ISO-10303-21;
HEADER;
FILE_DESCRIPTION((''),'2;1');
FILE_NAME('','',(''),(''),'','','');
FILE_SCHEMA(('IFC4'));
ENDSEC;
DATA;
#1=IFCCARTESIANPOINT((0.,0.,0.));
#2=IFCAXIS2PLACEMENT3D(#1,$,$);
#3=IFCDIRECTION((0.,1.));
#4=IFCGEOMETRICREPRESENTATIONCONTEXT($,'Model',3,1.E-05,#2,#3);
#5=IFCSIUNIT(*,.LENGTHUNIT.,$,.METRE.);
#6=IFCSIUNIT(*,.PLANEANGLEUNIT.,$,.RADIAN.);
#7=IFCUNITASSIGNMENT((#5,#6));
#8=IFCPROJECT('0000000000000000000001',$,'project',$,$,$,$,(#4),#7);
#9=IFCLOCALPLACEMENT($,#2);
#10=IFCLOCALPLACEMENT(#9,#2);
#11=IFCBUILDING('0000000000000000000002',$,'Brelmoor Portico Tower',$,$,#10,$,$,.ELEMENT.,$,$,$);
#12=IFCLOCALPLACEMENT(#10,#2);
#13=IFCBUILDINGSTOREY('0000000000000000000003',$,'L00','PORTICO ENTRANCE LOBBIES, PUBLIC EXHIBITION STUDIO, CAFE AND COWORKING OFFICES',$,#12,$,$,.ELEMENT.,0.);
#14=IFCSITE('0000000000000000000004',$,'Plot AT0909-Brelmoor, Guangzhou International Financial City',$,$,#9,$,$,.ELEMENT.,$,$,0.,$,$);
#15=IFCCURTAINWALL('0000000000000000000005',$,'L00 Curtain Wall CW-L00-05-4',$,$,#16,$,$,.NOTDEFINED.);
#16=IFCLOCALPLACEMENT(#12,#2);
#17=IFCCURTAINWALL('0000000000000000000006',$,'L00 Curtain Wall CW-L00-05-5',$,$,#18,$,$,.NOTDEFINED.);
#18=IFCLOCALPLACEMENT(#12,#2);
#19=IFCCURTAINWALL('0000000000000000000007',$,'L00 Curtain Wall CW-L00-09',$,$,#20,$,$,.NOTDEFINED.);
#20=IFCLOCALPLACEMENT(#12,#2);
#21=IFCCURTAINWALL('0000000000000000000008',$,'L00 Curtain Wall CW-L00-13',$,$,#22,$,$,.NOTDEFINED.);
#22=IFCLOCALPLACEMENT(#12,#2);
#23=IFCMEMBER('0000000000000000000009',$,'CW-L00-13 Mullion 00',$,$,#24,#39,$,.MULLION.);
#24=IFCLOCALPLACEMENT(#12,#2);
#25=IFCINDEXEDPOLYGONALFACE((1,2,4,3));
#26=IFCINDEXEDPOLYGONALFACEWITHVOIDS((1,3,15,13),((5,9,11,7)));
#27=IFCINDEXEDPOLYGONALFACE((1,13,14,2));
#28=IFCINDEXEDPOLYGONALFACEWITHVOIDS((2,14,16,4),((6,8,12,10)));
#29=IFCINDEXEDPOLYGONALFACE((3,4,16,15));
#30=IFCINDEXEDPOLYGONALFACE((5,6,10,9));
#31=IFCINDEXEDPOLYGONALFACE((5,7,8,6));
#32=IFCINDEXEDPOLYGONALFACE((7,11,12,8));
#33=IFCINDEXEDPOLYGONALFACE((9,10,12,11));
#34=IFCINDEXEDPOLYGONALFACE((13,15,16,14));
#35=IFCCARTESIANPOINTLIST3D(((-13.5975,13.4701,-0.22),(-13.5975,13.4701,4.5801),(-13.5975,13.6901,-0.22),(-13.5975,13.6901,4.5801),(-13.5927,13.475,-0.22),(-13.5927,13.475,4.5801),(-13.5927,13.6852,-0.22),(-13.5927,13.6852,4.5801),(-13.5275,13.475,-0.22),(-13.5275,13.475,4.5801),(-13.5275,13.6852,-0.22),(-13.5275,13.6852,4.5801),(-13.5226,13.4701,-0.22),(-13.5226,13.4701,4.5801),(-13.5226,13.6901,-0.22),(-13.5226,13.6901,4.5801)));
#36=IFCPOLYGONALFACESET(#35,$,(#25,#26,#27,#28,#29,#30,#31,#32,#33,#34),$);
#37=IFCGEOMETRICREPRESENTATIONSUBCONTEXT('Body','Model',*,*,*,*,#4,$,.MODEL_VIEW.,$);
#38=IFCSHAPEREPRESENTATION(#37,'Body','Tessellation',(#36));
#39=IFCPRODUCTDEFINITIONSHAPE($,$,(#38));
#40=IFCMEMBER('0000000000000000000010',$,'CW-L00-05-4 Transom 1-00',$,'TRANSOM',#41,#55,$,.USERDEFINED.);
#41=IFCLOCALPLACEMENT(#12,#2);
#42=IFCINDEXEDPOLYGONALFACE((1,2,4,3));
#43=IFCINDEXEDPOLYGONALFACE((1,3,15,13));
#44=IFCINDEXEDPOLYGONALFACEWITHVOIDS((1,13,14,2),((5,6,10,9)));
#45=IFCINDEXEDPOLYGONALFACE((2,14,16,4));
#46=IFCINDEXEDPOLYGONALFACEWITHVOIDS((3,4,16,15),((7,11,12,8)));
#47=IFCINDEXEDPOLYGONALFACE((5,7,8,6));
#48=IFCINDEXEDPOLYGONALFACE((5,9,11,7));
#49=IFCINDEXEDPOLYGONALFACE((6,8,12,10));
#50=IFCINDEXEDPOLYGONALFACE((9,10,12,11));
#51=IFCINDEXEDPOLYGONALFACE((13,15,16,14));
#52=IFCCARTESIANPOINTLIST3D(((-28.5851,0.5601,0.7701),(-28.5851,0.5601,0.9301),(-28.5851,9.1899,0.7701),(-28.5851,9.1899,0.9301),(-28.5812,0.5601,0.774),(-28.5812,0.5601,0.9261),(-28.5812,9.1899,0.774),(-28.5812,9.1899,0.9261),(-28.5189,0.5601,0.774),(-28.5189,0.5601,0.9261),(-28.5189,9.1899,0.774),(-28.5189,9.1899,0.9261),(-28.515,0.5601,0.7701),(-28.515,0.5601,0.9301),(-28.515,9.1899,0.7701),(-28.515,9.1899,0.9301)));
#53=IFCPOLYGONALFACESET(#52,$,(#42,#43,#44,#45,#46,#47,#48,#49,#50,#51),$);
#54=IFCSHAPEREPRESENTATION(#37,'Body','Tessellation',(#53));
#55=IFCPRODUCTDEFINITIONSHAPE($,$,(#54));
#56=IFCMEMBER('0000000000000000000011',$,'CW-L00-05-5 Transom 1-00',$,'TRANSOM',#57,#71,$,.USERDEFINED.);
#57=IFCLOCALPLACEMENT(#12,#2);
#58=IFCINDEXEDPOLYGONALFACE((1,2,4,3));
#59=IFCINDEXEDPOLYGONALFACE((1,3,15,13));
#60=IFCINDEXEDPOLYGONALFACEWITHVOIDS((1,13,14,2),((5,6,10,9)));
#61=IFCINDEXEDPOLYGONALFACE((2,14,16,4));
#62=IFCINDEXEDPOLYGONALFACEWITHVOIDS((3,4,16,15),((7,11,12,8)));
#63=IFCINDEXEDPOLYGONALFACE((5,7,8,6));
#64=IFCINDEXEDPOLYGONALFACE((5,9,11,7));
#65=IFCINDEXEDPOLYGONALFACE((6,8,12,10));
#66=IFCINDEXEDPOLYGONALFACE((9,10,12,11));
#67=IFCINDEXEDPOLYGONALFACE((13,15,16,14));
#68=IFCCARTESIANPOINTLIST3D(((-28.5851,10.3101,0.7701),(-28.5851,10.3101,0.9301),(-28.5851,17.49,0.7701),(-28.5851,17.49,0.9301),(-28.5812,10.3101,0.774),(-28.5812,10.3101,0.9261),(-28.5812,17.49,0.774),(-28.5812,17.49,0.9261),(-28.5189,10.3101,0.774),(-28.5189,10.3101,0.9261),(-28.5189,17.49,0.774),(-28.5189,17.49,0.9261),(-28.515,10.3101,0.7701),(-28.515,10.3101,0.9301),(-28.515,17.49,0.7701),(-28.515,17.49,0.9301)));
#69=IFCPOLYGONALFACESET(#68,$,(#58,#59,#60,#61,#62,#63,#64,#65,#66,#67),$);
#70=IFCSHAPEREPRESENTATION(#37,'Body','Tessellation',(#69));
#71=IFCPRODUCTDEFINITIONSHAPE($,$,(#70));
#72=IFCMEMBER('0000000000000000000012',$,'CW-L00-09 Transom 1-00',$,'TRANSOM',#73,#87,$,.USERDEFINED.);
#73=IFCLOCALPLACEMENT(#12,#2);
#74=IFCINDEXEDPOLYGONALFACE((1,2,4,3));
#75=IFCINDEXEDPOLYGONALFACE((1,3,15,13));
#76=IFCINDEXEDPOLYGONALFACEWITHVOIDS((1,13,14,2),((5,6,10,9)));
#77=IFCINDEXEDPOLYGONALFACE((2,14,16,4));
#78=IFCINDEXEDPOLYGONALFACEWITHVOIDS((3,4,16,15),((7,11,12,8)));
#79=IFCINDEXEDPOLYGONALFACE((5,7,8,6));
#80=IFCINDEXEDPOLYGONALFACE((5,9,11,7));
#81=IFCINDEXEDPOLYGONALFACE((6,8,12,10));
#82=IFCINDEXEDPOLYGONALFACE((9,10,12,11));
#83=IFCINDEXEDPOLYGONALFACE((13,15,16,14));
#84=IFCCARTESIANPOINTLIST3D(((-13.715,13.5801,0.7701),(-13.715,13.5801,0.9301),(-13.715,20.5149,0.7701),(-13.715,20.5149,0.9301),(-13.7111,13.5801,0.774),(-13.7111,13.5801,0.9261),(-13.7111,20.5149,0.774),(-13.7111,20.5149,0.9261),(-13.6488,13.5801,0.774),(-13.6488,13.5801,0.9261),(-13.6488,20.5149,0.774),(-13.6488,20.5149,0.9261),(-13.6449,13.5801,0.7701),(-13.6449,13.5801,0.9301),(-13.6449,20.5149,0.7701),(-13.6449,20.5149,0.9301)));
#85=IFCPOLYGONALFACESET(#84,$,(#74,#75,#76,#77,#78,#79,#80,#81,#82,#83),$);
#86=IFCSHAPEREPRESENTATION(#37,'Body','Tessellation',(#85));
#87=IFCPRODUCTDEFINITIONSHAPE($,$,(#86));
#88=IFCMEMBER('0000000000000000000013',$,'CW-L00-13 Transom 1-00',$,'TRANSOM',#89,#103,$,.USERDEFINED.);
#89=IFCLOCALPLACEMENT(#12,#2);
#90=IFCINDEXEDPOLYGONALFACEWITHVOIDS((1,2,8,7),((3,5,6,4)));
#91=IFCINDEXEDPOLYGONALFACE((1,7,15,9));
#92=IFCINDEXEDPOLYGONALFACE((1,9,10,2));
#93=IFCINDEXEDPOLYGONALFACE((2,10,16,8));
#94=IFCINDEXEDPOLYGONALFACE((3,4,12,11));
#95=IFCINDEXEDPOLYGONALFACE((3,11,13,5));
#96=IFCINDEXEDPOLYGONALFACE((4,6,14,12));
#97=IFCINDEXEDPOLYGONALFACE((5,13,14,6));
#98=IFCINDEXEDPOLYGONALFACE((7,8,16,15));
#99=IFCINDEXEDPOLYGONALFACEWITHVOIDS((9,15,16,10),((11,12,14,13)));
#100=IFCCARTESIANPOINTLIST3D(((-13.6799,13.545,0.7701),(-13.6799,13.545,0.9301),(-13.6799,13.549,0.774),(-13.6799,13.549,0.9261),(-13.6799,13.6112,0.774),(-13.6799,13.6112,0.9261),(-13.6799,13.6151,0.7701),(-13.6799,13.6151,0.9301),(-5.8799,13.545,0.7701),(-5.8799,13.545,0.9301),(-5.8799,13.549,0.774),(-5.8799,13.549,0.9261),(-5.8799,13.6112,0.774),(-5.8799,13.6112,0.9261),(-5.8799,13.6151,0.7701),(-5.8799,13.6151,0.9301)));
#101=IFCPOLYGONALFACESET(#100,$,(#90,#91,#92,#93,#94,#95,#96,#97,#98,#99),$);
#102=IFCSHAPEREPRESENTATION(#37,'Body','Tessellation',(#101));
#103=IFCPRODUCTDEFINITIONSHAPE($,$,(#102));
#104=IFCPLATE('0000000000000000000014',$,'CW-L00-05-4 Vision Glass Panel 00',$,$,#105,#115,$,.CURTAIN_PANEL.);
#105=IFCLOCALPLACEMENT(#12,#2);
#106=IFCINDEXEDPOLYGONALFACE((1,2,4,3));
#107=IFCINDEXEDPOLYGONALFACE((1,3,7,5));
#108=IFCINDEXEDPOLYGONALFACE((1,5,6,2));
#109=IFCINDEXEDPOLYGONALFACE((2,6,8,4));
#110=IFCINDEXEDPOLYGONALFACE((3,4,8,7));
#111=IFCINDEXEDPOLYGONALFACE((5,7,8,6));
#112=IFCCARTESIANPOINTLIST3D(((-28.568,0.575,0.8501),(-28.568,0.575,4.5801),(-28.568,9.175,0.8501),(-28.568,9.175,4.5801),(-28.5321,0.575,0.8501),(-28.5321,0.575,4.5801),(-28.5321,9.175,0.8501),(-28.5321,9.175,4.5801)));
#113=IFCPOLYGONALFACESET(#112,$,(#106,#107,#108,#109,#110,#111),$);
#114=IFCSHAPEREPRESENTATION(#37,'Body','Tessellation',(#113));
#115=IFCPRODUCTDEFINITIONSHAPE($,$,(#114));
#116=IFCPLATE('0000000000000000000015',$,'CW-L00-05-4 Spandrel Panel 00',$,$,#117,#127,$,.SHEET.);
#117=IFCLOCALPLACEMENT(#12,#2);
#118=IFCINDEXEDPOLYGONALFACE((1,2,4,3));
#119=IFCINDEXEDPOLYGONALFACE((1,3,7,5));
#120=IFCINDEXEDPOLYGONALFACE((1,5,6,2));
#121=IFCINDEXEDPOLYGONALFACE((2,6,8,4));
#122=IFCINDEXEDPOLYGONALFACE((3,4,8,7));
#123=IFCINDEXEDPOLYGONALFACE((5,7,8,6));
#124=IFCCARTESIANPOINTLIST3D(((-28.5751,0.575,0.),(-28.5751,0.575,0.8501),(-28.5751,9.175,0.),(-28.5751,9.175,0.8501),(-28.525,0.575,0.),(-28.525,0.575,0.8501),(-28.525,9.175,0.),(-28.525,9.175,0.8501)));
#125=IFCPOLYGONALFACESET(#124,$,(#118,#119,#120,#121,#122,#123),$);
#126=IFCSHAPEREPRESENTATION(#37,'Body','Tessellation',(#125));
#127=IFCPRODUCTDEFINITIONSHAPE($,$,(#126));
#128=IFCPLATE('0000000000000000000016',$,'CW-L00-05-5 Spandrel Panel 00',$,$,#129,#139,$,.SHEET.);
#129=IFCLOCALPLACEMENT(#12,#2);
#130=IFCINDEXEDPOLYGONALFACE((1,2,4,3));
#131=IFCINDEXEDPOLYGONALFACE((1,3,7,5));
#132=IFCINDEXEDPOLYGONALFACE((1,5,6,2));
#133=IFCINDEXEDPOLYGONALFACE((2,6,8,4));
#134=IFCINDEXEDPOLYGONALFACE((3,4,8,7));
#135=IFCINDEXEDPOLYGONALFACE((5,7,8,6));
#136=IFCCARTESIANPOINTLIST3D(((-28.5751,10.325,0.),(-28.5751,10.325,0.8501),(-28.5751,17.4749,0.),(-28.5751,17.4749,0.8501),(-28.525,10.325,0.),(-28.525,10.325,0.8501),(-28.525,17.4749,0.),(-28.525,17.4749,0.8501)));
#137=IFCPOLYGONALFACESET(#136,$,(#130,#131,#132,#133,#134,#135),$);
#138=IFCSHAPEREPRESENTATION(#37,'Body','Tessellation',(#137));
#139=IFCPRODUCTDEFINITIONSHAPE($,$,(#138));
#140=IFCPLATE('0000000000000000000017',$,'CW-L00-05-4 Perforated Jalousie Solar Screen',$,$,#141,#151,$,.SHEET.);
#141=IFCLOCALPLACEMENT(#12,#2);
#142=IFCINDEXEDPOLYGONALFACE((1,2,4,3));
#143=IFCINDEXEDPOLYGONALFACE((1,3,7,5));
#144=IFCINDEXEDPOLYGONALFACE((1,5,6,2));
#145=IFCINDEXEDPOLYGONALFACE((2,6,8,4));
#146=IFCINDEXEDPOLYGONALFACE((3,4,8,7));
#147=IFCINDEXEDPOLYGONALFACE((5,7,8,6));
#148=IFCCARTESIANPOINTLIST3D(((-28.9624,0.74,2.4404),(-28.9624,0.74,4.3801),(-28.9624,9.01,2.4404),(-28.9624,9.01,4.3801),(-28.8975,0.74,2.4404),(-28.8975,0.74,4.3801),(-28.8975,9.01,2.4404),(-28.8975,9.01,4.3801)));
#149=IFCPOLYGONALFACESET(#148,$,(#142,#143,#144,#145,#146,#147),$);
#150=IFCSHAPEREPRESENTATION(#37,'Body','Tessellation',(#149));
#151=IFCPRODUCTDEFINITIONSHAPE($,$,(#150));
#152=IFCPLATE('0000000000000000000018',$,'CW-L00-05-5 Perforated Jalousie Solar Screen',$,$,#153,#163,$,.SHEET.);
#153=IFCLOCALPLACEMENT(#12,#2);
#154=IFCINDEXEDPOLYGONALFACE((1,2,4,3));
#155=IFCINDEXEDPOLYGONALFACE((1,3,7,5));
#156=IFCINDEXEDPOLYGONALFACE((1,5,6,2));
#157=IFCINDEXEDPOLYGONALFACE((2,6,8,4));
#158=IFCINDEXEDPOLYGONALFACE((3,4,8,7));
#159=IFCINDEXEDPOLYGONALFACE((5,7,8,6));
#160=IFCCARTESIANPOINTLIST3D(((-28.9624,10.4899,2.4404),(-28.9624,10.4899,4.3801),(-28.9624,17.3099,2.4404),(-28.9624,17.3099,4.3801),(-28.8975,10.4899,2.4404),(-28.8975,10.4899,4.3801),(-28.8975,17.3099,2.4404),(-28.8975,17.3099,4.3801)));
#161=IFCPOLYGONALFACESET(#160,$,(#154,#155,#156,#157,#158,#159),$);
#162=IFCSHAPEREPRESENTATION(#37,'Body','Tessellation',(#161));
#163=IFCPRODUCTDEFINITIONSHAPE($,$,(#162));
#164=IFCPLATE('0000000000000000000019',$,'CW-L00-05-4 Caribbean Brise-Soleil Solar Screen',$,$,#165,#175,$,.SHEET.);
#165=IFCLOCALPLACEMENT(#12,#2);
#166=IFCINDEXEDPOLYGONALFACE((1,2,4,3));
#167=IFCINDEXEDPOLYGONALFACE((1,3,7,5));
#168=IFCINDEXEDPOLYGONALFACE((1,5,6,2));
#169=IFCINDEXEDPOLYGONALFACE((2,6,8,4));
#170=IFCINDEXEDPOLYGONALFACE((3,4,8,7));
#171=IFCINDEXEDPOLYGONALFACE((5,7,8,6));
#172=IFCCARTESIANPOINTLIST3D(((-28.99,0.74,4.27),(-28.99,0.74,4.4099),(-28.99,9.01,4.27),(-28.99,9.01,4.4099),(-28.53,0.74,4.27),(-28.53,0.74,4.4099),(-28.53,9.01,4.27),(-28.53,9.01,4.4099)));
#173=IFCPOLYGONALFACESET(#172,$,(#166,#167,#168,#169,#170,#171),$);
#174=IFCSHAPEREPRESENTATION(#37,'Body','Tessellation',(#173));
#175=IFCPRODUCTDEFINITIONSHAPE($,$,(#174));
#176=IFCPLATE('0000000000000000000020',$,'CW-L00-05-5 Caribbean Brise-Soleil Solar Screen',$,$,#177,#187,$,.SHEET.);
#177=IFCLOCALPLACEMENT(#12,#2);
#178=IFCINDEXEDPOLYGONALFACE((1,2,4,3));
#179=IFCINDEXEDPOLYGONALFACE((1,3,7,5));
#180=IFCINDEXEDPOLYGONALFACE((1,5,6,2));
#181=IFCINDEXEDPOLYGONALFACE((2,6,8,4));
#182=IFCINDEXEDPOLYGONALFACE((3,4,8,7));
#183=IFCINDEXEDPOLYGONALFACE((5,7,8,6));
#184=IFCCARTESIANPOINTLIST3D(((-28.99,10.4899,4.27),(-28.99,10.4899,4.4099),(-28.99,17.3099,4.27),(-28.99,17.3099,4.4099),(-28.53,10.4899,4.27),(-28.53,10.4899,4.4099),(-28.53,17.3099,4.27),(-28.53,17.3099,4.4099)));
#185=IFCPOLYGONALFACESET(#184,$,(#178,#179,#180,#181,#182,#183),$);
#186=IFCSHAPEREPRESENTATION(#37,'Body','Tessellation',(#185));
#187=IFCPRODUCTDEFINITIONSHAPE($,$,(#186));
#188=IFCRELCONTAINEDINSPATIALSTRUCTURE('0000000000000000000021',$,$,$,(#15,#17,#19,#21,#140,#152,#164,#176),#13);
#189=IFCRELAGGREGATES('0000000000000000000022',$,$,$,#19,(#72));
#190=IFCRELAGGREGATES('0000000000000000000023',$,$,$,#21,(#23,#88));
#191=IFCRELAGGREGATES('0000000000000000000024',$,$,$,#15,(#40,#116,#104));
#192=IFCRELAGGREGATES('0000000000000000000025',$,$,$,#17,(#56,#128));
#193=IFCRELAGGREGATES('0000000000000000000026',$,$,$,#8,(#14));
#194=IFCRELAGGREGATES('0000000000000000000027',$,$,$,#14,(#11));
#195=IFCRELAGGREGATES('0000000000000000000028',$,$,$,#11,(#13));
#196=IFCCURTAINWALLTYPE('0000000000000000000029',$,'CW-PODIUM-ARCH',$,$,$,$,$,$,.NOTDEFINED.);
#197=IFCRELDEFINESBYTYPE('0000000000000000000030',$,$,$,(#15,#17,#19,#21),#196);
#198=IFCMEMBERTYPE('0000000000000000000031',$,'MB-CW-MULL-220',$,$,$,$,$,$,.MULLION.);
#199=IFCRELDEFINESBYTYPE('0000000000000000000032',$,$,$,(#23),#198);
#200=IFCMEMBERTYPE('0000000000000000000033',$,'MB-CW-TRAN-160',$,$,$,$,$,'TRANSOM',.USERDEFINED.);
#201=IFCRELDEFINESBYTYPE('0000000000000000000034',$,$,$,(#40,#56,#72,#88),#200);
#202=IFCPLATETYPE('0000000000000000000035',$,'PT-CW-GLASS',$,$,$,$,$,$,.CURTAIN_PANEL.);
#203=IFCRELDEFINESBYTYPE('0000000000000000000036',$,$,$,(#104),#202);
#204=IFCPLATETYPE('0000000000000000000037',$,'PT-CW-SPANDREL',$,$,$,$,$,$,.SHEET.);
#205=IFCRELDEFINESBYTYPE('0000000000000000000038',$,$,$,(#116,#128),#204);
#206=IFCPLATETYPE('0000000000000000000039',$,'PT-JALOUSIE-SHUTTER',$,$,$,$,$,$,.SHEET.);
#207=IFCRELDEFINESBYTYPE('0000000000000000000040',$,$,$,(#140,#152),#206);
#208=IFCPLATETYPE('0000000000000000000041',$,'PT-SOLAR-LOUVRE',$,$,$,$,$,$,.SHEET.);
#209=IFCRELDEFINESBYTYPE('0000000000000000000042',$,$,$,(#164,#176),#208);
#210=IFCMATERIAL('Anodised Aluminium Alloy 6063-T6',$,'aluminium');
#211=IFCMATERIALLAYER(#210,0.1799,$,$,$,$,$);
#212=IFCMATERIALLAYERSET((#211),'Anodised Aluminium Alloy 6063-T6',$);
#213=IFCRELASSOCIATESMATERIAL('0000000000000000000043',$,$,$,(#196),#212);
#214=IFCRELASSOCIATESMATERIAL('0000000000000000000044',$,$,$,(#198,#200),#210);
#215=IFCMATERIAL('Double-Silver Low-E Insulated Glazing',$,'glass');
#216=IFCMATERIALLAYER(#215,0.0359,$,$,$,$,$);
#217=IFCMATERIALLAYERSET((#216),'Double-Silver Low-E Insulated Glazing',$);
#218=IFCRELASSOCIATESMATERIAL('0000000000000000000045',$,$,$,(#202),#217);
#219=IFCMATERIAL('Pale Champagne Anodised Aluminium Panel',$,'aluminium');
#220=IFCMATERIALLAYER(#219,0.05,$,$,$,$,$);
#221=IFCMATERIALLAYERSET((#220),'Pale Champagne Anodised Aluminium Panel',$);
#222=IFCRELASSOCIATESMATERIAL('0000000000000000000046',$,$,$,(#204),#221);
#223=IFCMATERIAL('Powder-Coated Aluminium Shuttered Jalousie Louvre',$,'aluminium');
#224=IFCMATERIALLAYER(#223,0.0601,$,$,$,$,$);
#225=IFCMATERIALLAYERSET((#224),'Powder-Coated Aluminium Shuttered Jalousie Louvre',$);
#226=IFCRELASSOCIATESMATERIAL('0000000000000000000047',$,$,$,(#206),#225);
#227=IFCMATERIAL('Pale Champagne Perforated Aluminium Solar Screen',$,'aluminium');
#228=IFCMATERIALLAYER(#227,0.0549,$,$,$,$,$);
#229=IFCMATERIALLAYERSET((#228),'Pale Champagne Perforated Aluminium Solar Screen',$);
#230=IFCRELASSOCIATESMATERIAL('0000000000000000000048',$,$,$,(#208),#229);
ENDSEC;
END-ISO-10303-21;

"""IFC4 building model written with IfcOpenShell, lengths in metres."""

from ifc_helpers import new_model, si_unit, direction, frame, origin, origin_2d, place, context, subcontext, project, spatial, rectangle, hollow_rectangle, extrude, material, layer, layer_set, material_profile, profile_set, type_object, element, aggregate, save


model = new_model("IFC4")

# Units and contexts
model_context = context("Model", 3, precision=1e-05, world=origin(), true_north=direction((0.0, 1.0)))
body_context = subcontext(model_context, "Body", "Model", "MODEL_VIEW")
ifc_project = project(units=[si_unit("LENGTHUNIT", "METRE"), si_unit("PLANEANGLEUNIT", "RADIAN")], contexts=[model_context])

# Site, building, storey
site_placement = place(None, origin())
site = spatial("IfcSite", under=ifc_project, at=site_placement, Name="Plot AT0909-Brelmoor, Guangzhou International Financial City", CompositionType="ELEMENT", RefElevation=0.0)
building_placement = place(site_placement, origin())
building = spatial("IfcBuilding", under=site, at=building_placement, Name="Brelmoor Portico Tower", CompositionType="ELEMENT")
storey_placement = place(building_placement, origin())
storey = spatial("IfcBuildingStorey", under=building, at=storey_placement, Name="L00", Description="PORTICO ENTRANCE LOBBIES, PUBLIC EXHIBITION STUDIO, CAFE AND COWORKING OFFICES", CompositionType="ELEMENT", Elevation=0.0)

# Curtain wall
ifc_material_1 = material(Name="Anodised Aluminium Alloy 6063-T6", Category="aluminium")
ifc_layer_1 = layer(ifc_material_1, 0.1799)
ifc_layer_set_1 = layer_set([ifc_layer_1], Name="Anodised Aluminium Alloy 6063-T6")
curtain_wall_type = type_object("IfcCurtainWallType", Name="CW-PODIUM-ARCH", PredefinedType="NOTDEFINED", material=ifc_layer_set_1)
curtain_wall_1_placement = place(storey_placement, origin())
curtain_wall_1 = element("IfcCurtainWall", 1, at=curtain_wall_1_placement, inside=storey, type_object=curtain_wall_type, Name="L00 Curtain Wall CW-L00-05-4", PredefinedType="NOTDEFINED")
ifc_material_profile_1 = material_profile(ifc_material_1, hollow_rectangle(XDim=0.075, YDim=0.22, WallThickness=0.0049, at=origin_2d()), Name="ALU MULLION 75x220")
ifc_profile_set_1 = profile_set([ifc_material_profile_1], Name="Anodised Aluminium Alloy 6063-T6")
member_type_1 = type_object("IfcMemberType", Name="MB-CW-MULL-220", PredefinedType="MULLION", material=ifc_profile_set_1)

# Curtain walls, member
curtain_wall_2_placement = place(storey_placement, origin())
curtain_wall_2 = element("IfcCurtainWall", 2, at=curtain_wall_2_placement, inside=storey, type_object=curtain_wall_type, Name="L00 Curtain Wall CW-L00-05-5", PredefinedType="NOTDEFINED")
curtain_wall_3_placement = place(storey_placement, origin())
curtain_wall_3 = element("IfcCurtainWall", 3, at=curtain_wall_3_placement, inside=storey, type_object=curtain_wall_type, Name="L00 Curtain Wall CW-L00-09", PredefinedType="NOTDEFINED")
curtain_wall_4_placement = place(storey_placement, origin())
curtain_wall_4 = element("IfcCurtainWall", 4, at=curtain_wall_4_placement, inside=storey, type_object=curtain_wall_type, Name="L00 Curtain Wall CW-L00-13", PredefinedType="NOTDEFINED")
member_1_placement = place(storey_placement, frame((-13.5601, 13.5801, -0.22), z_axis=(0.0, 0.0, 1.0), x_axis=(1.0, 0.0, 0.0)))
member_1 = element("IfcMember", 5, at=member_1_placement, type_object=member_type_1, Name="CW-L00-13 Mullion 00", PredefinedType="MULLION", context=body_context, shape_type="SweptSolid", body=[
    extrude(hollow_rectangle(XDim=0.075, YDim=0.22, WallThickness=0.0049, at=origin_2d()), origin(), (0.0, 0.0, 1.0), 4.8),
])

# Members
ifc_material_profile_2 = material_profile(ifc_material_1, hollow_rectangle(XDim=0.0701, YDim=0.1599, WallThickness=0.0039, at=origin_2d()), Name="ALU TRANSOM 70x160")
ifc_profile_set_2 = profile_set([ifc_material_profile_2], Name="Anodised Aluminium Alloy 6063-T6")
member_type_2 = type_object("IfcMemberType", Name="MB-CW-TRAN-160", ElementType="TRANSOM", PredefinedType="USERDEFINED", material=ifc_profile_set_2)
member_2_placement = place(storey_placement, frame((-28.55, 0.5601, 0.8501), z_axis=(0.0, 1.0, 0.0), x_axis=(-1.0, 0.0, 0.0)))
member_2 = element("IfcMember", 6, at=member_2_placement, type_object=member_type_2, Name="CW-L00-05-4 Transom 1-00", ObjectType="TRANSOM", PredefinedType="USERDEFINED", context=body_context, shape_type="SweptSolid", body=[
    extrude(hollow_rectangle(XDim=0.0701, YDim=0.1599, WallThickness=0.0039, at=origin_2d()), origin(), (0.0, 0.0, 1.0), 8.6299),
])
member_3_placement = place(storey_placement, frame((-28.55, 10.3101, 0.8501), z_axis=(0.0, 1.0, 0.0), x_axis=(-1.0, 0.0, 0.0)))
member_3 = element("IfcMember", 7, at=member_3_placement, type_object=member_type_2, Name="CW-L00-05-5 Transom 1-00", ObjectType="TRANSOM", PredefinedType="USERDEFINED", context=body_context, shape_type="SweptSolid", body=[
    extrude(hollow_rectangle(XDim=0.0701, YDim=0.1599, WallThickness=0.0039, at=origin_2d()), origin(), (0.0, 0.0, 1.0), 7.1799),
])
member_4_placement = place(storey_placement, frame((-13.6799, 13.5801, 0.8501), z_axis=(0.0, 1.0, 0.0), x_axis=(-1.0, 0.0, 0.0)))
member_4 = element("IfcMember", 8, at=member_4_placement, type_object=member_type_2, Name="CW-L00-09 Transom 1-00", ObjectType="TRANSOM", PredefinedType="USERDEFINED", context=body_context, shape_type="SweptSolid", body=[
    extrude(hollow_rectangle(XDim=0.0701, YDim=0.1599, WallThickness=0.0039, at=origin_2d()), origin(), (0.0, 0.0, 1.0), 6.9348),
])
aggregate(curtain_wall_3, [member_4])
member_5_placement = place(storey_placement, frame((-13.6799, 13.5801, 0.8501), z_axis=(1.0, 0.0, 0.0), x_axis=(0.0, 1.0, 0.0)))
member_5 = element("IfcMember", 9, at=member_5_placement, type_object=member_type_2, Name="CW-L00-13 Transom 1-00", ObjectType="TRANSOM", PredefinedType="USERDEFINED", context=body_context, shape_type="SweptSolid", body=[
    extrude(hollow_rectangle(XDim=0.0701, YDim=0.1599, WallThickness=0.0039, at=origin_2d()), origin(), (0.0, 0.0, 1.0), 7.8),
])
aggregate(curtain_wall_4, [member_1, member_5])

# Plates
ifc_material_2 = material(Name="Double-Silver Low-E Insulated Glazing", Category="glass")
ifc_layer_2 = layer(ifc_material_2, 0.0359)
ifc_layer_set_2 = layer_set([ifc_layer_2], Name="Double-Silver Low-E Insulated Glazing")
plate_type_1 = type_object("IfcPlateType", Name="PT-CW-GLASS", PredefinedType="CURTAIN_PANEL", material=ifc_layer_set_2)
plate_1_placement = place(storey_placement, frame((-28.55, 4.875, 0.8501), z_axis=(0.0, 0.0, 1.0), x_axis=(0.0, 1.0, 0.0)))
plate_1 = element("IfcPlate", 10, at=plate_1_placement, type_object=plate_type_1, Name="CW-L00-05-4 Vision Glass Panel 00", PredefinedType="CURTAIN_PANEL", context=body_context, shape_type="SweptSolid", body=[
    extrude(rectangle(XDim=8.6001, YDim=0.0359, at=origin_2d()), origin(), (0.0, 0.0, 1.0), 3.73),
])
ifc_material_3 = material(Name="Pale Champagne Anodised Aluminium Panel", Category="aluminium")
ifc_layer_3 = layer(ifc_material_3, 0.05)
ifc_layer_set_3 = layer_set([ifc_layer_3], Name="Pale Champagne Anodised Aluminium Panel")
plate_type_2 = type_object("IfcPlateType", Name="PT-CW-SPANDREL", PredefinedType="SHEET", material=ifc_layer_set_3)
plate_2_placement = place(storey_placement, frame((-28.55, 4.875, 0.0), z_axis=(0.0, 0.0, 1.0), x_axis=(0.0, 1.0, 0.0)))
plate_2 = element("IfcPlate", 11, at=plate_2_placement, type_object=plate_type_2, Name="CW-L00-05-4 Spandrel Panel 00", PredefinedType="SHEET", context=body_context, shape_type="SweptSolid", body=[
    extrude(rectangle(XDim=8.6001, YDim=0.05, at=origin_2d()), origin(), (0.0, 0.0, 1.0), 0.8501),
])
aggregate(curtain_wall_1, [member_2, plate_2, plate_1])
plate_3_placement = place(storey_placement, frame((-28.55, 13.8999, 0.0), z_axis=(0.0, 0.0, 1.0), x_axis=(0.0, 1.0, 0.0)))
plate_3 = element("IfcPlate", 12, at=plate_3_placement, type_object=plate_type_2, Name="CW-L00-05-5 Spandrel Panel 00", PredefinedType="SHEET", context=body_context, shape_type="SweptSolid", body=[
    extrude(rectangle(XDim=7.1499, YDim=0.05, at=origin_2d()), origin(), (0.0, 0.0, 1.0), 0.8501),
])
aggregate(curtain_wall_2, [member_3, plate_3])

# Plates
ifc_material_4 = material(Name="Powder-Coated Aluminium Shuttered Jalousie Louvre", Category="aluminium")
ifc_layer_4 = layer(ifc_material_4, 0.0601)
ifc_layer_set_4 = layer_set([ifc_layer_4], Name="Powder-Coated Aluminium Shuttered Jalousie Louvre")
plate_type_3 = type_object("IfcPlateType", Name="PT-JALOUSIE-SHUTTER", PredefinedType="SHEET", material=ifc_layer_set_4)
plate_4_placement = place(storey_placement, frame((-28.9299, 4.875, 2.4404), z_axis=(0.0, 0.0, 1.0), x_axis=(0.0, 1.0, 0.0)))
element("IfcPlate", 13, at=plate_4_placement, inside=storey, type_object=plate_type_3, Name="CW-L00-05-4 Perforated Jalousie Solar Screen", PredefinedType="SHEET", context=body_context, shape_type="SweptSolid", body=[
    extrude(rectangle(XDim=8.27, YDim=0.0649, at=origin_2d()), origin(), (0.0, 0.0, 1.0), 1.9397),
])
plate_5_placement = place(storey_placement, frame((-28.9299, 13.8999, 2.4404), z_axis=(0.0, 0.0, 1.0), x_axis=(0.0, 1.0, 0.0)))
element("IfcPlate", 14, at=plate_5_placement, inside=storey, type_object=plate_type_3, Name="CW-L00-05-5 Perforated Jalousie Solar Screen", PredefinedType="SHEET", context=body_context, shape_type="SweptSolid", body=[
    extrude(rectangle(XDim=6.8201, YDim=0.0649, at=origin_2d()), origin(), (0.0, 0.0, 1.0), 1.9397),
])
ifc_material_5 = material(Name="Pale Champagne Perforated Aluminium Solar Screen", Category="aluminium")
ifc_layer_5 = layer(ifc_material_5, 0.0549)
ifc_layer_set_5 = layer_set([ifc_layer_5], Name="Pale Champagne Perforated Aluminium Solar Screen")
plate_type_4 = type_object("IfcPlateType", Name="PT-SOLAR-LOUVRE", PredefinedType="SHEET", material=ifc_layer_set_5)
plate_6_placement = place(storey_placement, frame((-28.76, 4.875, 4.27), z_axis=(0.0, 0.0, 1.0), x_axis=(0.0, 1.0, 0.0)))
element("IfcPlate", 15, at=plate_6_placement, inside=storey, type_object=plate_type_4, Name="CW-L00-05-4 Caribbean Brise-Soleil Solar Screen", PredefinedType="SHEET", context=body_context, shape_type="SweptSolid", body=[
    extrude(rectangle(XDim=8.27, YDim=0.46, at=origin_2d()), origin(), (0.0, 0.0, 1.0), 0.1399),
])
plate_7_placement = place(storey_placement, frame((-28.76, 13.8999, 4.27), z_axis=(0.0, 0.0, 1.0), x_axis=(0.0, 1.0, 0.0)))
element("IfcPlate", 16, at=plate_7_placement, inside=storey, type_object=plate_type_4, Name="CW-L00-05-5 Caribbean Brise-Soleil Solar Screen", PredefinedType="SHEET", context=body_context, shape_type="SweptSolid", body=[
    extrude(rectangle(XDim=6.8201, YDim=0.46, at=origin_2d()), origin(), (0.0, 0.0, 1.0), 0.1399),
])

save(model, "model.ifc")
